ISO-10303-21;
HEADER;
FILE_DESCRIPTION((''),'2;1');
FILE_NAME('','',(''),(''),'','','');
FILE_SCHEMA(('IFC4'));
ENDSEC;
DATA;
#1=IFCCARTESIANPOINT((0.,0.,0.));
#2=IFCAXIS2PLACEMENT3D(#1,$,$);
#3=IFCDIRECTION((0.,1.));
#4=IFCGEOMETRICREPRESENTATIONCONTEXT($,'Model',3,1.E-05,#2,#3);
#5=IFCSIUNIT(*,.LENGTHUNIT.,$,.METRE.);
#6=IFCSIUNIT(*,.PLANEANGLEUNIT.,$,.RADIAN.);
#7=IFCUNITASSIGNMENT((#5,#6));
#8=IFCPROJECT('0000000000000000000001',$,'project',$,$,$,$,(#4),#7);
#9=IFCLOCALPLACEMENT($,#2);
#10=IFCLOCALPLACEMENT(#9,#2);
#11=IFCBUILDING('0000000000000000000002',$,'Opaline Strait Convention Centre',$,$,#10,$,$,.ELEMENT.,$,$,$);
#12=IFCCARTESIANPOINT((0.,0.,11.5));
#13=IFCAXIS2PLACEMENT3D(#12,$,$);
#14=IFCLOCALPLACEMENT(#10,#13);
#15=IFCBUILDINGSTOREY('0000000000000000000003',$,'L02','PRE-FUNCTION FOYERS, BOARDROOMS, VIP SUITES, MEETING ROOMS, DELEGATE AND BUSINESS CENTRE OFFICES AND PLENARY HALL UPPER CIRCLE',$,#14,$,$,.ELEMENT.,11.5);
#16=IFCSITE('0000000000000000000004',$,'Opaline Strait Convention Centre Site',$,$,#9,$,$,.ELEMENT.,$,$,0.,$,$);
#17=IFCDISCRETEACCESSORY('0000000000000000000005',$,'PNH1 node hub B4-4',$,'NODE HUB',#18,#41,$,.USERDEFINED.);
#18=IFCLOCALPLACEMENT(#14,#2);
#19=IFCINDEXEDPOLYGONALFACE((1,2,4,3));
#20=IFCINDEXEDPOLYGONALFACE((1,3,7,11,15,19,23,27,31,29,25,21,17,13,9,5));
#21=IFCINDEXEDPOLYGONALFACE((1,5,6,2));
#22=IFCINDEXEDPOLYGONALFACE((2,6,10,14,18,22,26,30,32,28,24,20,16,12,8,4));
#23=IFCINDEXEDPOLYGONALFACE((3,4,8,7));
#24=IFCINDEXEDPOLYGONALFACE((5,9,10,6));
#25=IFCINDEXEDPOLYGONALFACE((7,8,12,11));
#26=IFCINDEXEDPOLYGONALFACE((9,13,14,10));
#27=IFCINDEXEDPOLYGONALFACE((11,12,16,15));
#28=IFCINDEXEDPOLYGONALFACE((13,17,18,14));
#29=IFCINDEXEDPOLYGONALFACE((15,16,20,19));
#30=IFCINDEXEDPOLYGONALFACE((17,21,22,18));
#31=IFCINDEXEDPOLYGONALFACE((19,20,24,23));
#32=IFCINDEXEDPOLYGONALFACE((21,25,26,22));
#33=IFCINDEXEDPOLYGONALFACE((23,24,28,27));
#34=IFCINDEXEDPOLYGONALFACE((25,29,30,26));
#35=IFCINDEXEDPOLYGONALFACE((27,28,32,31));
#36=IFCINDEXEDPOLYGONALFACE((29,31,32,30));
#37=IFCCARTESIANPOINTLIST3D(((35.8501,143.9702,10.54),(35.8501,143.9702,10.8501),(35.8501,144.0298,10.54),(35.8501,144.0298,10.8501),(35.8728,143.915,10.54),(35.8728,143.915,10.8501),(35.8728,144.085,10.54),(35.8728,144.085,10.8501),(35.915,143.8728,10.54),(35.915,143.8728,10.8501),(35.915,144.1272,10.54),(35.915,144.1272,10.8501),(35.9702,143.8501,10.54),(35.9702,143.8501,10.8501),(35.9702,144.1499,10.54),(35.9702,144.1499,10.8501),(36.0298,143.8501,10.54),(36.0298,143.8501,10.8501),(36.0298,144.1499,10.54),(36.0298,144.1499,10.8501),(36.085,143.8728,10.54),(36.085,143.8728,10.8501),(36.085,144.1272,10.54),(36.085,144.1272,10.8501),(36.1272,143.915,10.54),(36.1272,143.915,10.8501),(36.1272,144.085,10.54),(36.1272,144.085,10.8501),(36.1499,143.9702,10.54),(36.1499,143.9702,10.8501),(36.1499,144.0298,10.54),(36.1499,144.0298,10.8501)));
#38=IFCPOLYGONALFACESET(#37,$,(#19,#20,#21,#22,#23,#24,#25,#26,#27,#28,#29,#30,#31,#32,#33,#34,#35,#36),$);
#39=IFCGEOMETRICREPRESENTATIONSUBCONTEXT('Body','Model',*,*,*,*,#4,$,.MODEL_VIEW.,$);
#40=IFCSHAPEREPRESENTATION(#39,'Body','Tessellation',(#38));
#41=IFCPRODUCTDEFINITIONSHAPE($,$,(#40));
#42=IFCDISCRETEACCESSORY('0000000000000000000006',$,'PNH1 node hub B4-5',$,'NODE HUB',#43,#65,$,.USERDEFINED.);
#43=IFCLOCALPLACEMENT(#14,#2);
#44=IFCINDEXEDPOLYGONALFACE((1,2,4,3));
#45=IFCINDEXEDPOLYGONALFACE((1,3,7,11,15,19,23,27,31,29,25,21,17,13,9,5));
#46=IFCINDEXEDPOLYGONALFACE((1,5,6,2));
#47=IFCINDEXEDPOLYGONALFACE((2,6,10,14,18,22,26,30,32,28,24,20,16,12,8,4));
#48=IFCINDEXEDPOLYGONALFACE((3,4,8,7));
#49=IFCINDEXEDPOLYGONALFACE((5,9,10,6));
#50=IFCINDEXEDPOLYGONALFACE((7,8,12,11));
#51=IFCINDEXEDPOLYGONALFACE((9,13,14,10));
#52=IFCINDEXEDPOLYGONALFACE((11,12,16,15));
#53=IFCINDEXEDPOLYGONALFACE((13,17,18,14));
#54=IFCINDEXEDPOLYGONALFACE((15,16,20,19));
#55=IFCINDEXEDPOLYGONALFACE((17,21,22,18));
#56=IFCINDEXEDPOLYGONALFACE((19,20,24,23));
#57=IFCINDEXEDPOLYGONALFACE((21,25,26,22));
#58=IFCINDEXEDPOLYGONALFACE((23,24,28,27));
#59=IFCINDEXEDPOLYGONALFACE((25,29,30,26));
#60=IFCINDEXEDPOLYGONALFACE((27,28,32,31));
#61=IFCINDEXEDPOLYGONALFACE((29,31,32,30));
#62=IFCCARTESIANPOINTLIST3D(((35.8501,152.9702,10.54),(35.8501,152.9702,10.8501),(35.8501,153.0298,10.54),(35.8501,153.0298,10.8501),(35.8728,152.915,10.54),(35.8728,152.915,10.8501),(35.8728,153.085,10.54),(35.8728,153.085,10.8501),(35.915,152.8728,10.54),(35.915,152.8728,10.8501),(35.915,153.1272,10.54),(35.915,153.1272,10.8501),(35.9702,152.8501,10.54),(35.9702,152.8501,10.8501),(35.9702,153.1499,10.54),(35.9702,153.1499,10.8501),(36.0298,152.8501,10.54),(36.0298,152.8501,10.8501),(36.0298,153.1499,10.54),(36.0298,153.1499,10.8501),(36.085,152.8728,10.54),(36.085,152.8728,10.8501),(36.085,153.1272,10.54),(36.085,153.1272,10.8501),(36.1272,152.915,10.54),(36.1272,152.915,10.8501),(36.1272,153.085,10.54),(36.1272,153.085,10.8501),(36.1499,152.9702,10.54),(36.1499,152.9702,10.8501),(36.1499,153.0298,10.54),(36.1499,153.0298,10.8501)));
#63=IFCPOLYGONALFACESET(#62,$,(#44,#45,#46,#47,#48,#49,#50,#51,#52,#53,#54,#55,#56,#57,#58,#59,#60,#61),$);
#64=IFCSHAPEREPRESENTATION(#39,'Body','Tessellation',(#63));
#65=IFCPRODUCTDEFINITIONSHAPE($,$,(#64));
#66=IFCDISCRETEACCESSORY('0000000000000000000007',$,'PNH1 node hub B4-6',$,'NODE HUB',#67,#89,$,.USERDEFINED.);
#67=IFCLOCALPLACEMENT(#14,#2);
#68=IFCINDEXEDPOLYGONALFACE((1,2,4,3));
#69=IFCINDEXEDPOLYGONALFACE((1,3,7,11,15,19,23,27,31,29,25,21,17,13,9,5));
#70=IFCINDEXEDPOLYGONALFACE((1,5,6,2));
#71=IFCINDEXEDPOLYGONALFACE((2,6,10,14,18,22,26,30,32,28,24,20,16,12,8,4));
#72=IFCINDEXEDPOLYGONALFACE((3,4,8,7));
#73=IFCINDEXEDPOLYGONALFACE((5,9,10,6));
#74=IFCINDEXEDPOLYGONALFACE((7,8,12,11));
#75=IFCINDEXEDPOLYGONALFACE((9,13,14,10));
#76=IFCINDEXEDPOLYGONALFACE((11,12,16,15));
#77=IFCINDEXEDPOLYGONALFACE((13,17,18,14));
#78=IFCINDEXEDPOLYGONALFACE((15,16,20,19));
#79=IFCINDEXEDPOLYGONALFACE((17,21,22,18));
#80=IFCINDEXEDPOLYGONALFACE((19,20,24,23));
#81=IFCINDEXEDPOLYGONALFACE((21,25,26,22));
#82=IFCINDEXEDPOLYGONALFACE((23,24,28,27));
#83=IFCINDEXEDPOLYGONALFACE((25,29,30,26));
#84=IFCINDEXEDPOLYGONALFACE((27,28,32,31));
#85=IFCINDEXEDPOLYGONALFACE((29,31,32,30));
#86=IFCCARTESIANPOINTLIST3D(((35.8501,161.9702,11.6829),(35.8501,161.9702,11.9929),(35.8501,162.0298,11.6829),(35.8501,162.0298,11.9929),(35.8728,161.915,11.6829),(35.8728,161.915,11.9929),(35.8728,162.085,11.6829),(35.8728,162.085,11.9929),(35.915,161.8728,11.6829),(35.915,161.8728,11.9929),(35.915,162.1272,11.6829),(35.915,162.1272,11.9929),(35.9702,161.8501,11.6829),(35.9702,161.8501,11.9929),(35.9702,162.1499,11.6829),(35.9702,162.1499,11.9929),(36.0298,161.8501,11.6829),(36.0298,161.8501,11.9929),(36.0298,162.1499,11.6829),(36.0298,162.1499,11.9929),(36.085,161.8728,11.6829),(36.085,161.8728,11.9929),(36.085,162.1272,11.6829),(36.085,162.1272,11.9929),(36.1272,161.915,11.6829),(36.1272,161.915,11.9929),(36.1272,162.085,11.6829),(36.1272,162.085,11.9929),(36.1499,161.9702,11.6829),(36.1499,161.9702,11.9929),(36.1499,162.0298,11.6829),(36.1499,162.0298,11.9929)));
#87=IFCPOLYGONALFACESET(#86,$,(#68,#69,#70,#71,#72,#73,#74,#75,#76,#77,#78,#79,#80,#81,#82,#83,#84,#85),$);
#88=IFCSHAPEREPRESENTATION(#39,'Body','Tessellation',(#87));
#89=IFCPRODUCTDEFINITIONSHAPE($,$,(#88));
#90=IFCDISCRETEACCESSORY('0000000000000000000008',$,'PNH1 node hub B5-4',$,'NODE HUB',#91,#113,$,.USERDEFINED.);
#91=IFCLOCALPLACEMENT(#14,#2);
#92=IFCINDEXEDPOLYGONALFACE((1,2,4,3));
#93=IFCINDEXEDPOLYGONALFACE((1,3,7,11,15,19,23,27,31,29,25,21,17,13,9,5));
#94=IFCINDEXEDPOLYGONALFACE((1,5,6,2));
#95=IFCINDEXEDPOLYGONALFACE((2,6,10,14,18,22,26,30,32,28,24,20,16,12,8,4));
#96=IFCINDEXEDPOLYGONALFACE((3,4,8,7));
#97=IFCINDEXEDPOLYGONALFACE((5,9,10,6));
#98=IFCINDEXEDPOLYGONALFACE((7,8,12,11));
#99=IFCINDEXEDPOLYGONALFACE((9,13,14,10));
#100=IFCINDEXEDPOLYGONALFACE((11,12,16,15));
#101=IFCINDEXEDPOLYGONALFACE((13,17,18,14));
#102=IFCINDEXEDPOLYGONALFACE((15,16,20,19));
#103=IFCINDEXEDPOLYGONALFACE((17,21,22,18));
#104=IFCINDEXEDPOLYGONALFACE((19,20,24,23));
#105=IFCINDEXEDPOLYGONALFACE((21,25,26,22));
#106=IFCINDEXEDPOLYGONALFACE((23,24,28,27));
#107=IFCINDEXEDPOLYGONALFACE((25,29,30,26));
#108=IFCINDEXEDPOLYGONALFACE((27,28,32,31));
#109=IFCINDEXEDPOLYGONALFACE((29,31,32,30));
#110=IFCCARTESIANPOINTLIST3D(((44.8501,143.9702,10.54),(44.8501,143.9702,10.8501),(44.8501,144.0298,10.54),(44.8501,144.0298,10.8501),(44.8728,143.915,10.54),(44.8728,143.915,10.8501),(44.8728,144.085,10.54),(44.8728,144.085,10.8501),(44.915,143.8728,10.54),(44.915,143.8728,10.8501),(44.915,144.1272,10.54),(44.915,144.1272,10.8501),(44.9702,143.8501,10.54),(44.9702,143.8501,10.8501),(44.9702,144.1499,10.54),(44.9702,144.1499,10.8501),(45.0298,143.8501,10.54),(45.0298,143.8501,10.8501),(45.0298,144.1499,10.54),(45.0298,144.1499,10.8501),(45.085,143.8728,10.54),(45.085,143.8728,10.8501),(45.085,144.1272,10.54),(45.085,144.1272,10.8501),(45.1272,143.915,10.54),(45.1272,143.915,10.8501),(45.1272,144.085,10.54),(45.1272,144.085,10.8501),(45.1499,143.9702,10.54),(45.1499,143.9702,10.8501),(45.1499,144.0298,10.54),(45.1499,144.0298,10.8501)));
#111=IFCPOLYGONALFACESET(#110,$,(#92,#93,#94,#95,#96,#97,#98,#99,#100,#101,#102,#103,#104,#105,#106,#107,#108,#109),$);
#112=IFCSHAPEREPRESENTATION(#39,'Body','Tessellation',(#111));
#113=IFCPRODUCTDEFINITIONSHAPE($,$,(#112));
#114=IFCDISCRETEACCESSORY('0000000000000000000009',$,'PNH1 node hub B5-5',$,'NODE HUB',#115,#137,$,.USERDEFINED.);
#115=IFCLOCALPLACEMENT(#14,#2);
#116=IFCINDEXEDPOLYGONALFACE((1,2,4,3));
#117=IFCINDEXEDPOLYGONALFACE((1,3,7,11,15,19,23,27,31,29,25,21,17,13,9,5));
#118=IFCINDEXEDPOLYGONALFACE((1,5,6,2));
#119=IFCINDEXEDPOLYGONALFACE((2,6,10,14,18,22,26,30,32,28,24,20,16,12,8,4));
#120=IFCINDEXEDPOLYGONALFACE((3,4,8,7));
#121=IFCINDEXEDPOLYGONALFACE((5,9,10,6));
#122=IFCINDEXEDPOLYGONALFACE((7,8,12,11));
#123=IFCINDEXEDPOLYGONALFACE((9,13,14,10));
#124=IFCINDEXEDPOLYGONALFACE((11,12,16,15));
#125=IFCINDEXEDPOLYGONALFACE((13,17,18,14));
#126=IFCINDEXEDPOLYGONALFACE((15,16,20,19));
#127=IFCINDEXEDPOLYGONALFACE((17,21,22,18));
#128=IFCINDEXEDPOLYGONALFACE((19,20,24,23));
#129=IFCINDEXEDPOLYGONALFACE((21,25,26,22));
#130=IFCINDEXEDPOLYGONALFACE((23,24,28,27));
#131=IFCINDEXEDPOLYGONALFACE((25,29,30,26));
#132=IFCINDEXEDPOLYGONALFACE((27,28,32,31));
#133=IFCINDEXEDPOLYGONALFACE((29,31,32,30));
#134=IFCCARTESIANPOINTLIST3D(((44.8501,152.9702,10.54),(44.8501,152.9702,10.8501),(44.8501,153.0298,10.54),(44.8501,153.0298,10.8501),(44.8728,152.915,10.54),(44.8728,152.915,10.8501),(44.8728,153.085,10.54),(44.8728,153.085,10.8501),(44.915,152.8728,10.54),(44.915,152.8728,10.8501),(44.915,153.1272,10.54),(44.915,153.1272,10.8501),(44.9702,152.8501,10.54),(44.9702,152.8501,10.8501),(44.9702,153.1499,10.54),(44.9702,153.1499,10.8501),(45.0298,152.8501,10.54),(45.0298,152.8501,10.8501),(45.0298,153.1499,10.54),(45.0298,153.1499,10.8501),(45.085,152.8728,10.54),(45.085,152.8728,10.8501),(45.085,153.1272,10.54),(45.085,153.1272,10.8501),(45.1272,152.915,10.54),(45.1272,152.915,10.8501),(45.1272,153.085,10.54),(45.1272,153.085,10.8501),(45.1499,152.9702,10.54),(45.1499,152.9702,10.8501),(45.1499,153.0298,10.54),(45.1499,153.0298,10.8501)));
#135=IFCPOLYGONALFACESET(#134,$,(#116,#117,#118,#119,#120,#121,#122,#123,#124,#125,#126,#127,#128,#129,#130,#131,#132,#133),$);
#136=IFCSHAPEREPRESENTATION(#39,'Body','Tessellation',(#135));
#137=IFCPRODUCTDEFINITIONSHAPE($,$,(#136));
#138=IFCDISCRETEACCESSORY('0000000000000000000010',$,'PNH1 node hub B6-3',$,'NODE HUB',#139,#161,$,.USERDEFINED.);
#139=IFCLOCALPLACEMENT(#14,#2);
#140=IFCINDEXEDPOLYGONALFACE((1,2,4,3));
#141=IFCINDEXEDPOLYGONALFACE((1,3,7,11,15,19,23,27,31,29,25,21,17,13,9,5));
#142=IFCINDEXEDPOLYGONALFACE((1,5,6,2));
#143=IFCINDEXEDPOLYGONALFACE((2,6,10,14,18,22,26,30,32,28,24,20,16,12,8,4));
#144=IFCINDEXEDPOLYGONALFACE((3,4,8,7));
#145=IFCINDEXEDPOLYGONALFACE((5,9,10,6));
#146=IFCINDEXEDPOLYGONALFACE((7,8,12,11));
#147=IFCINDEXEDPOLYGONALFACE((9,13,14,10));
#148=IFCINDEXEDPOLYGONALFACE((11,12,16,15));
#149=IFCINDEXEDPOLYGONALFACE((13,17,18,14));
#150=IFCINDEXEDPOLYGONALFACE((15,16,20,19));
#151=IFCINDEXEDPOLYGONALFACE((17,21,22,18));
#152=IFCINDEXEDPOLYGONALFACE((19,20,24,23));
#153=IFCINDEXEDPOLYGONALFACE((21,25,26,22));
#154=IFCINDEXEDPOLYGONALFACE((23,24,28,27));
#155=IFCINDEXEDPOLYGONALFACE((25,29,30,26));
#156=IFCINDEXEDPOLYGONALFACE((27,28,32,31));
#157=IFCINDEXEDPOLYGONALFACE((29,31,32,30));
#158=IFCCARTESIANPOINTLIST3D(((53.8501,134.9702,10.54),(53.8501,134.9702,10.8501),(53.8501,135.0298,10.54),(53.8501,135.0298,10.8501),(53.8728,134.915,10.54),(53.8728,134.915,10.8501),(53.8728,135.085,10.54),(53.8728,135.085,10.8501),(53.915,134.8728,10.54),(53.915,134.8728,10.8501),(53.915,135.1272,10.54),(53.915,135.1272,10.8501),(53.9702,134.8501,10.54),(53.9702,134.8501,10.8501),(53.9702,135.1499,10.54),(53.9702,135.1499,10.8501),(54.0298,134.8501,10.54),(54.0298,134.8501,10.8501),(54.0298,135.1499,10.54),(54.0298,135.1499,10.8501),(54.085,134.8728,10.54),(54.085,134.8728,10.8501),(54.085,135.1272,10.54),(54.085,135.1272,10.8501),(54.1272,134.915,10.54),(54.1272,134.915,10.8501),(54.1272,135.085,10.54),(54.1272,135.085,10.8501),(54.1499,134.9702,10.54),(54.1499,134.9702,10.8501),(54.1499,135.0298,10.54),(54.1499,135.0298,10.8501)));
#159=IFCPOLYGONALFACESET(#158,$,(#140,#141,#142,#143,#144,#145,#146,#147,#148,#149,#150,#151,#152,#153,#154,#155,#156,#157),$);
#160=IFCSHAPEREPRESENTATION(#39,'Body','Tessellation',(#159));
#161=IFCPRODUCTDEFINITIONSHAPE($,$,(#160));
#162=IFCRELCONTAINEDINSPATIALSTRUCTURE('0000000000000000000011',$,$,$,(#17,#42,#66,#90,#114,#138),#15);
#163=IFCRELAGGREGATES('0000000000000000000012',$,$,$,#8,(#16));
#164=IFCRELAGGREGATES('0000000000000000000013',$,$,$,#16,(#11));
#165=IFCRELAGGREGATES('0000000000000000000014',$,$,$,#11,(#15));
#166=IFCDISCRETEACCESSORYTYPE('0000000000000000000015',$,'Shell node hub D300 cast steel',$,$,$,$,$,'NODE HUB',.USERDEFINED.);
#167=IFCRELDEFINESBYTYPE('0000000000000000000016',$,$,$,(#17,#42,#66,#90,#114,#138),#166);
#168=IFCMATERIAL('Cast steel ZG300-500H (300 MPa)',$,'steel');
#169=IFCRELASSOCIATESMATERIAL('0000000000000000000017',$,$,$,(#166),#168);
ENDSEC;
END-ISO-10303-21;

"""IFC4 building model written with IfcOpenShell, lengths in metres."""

from ifc_helpers import new_model, si_unit, direction, frame, origin, place, context, subcontext, project, spatial, polyline, outline, extrude, material, type_object, element, save


model = new_model("IFC4")

# Units and contexts
model_context = context("Model", 3, precision=1e-05, world=origin(), true_north=direction((0.0, 1.0)))
body_context = subcontext(model_context, "Body", "Model", "MODEL_VIEW")
ifc_project = project(units=[si_unit("LENGTHUNIT", "METRE"), si_unit("PLANEANGLEUNIT", "RADIAN")], contexts=[model_context])

# Site, building, storey
site_placement = place(None, origin())
site = spatial("IfcSite", under=ifc_project, at=site_placement, Name="Opaline Strait Convention Centre Site", CompositionType="ELEMENT", RefElevation=0.0)
building_placement = place(site_placement, origin())
building = spatial("IfcBuilding", under=site, at=building_placement, Name="Opaline Strait Convention Centre", CompositionType="ELEMENT")
storey_placement = place(building_placement, frame((0.0, 0.0, 11.5)))
storey = spatial("IfcBuildingStorey", under=building, at=storey_placement, Name="L02", Description="PRE-FUNCTION FOYERS, BOARDROOMS, VIP SUITES, MEETING ROOMS, DELEGATE AND BUSINESS CENTRE OFFICES AND PLENARY HALL UPPER CIRCLE", CompositionType="ELEMENT", Elevation=11.5)

# Discrete accessories
ifc_material = material(Name="Cast steel ZG300-500H (300 MPa)", Category="steel")
discrete_accessory_type = type_object("IfcDiscreteAccessoryType", Name="Shell node hub D300 cast steel", ElementType="NODE HUB", PredefinedType="USERDEFINED", material=ifc_material)
discrete_accessory_1_placement = place(storey_placement, frame((0.0, 0.0, 10.54)))
element("IfcDiscreteAccessory", 1, at=discrete_accessory_1_placement, inside=storey, type_object=discrete_accessory_type, Name="PNH1 node hub B4-4", ObjectType="NODE HUB", PredefinedType="USERDEFINED", context=body_context, shape_type="SweptSolid", body=[
    extrude(outline(polyline([(36.1499, 144.0298), (36.1272, 144.085), (36.085, 144.1272), (36.0298, 144.1499), (35.9702, 144.1499), (35.915, 144.1272), (35.8728, 144.085), (35.8501, 144.0298), (35.8501, 143.9702), (35.8728, 143.915), (35.915, 143.8728), (35.9702, 143.8501), (36.0298, 143.8501), (36.085, 143.8728), (36.1272, 143.915), (36.1499, 143.9702), (36.1499, 144.0298)])), origin(), (0.0, 0.0, 1.0), 0.3101),
])
discrete_accessory_2_placement = place(storey_placement, frame((0.0, 0.0, 10.54)))
element("IfcDiscreteAccessory", 2, at=discrete_accessory_2_placement, inside=storey, type_object=discrete_accessory_type, Name="PNH1 node hub B4-5", ObjectType="NODE HUB", PredefinedType="USERDEFINED", context=body_context, shape_type="SweptSolid", body=[
    extrude(outline(polyline([(36.1499, 153.0298), (36.1272, 153.085), (36.085, 153.1272), (36.0298, 153.1499), (35.9702, 153.1499), (35.915, 153.1272), (35.8728, 153.085), (35.8501, 153.0298), (35.8501, 152.9702), (35.8728, 152.915), (35.915, 152.8728), (35.9702, 152.8501), (36.0298, 152.8501), (36.085, 152.8728), (36.1272, 152.915), (36.1499, 152.9702), (36.1499, 153.0298)])), origin(), (0.0, 0.0, 1.0), 0.3101),
])
discrete_accessory_3_placement = place(storey_placement, frame((0.0, 0.0, 11.6829)))
element("IfcDiscreteAccessory", 3, at=discrete_accessory_3_placement, inside=storey, type_object=discrete_accessory_type, Name="PNH1 node hub B4-6", ObjectType="NODE HUB", PredefinedType="USERDEFINED", context=body_context, shape_type="SweptSolid", body=[
    extrude(outline(polyline([(36.1499, 162.0298), (36.1272, 162.085), (36.085, 162.1272), (36.0298, 162.1499), (35.9702, 162.1499), (35.915, 162.1272), (35.8728, 162.085), (35.8501, 162.0298), (35.8501, 161.9702), (35.8728, 161.915), (35.915, 161.8728), (35.9702, 161.8501), (36.0298, 161.8501), (36.085, 161.8728), (36.1272, 161.915), (36.1499, 161.9702), (36.1499, 162.0298)])), origin(), (0.0, 0.0, 1.0), 0.3101),
])
discrete_accessory_4_placement = place(storey_placement, frame((0.0, 0.0, 10.54)))
element("IfcDiscreteAccessory", 4, at=discrete_accessory_4_placement, inside=storey, type_object=discrete_accessory_type, Name="PNH1 node hub B5-4", ObjectType="NODE HUB", PredefinedType="USERDEFINED", context=body_context, shape_type="SweptSolid", body=[
    extrude(outline(polyline([(45.1499, 144.0298), (45.1272, 144.085), (45.085, 144.1272), (45.0298, 144.1499), (44.9702, 144.1499), (44.915, 144.1272), (44.8728, 144.085), (44.8501, 144.0298), (44.8501, 143.9702), (44.8728, 143.915), (44.915, 143.8728), (44.9702, 143.8501), (45.0298, 143.8501), (45.085, 143.8728), (45.1272, 143.915), (45.1499, 143.9702), (45.1499, 144.0298)])), origin(), (0.0, 0.0, 1.0), 0.3101),
])
discrete_accessory_5_placement = place(storey_placement, frame((0.0, 0.0, 10.54)))
element("IfcDiscreteAccessory", 5, at=discrete_accessory_5_placement, inside=storey, type_object=discrete_accessory_type, Name="PNH1 node hub B5-5", ObjectType="NODE HUB", PredefinedType="USERDEFINED", context=body_context, shape_type="SweptSolid", body=[
    extrude(outline(polyline([(45.1499, 153.0298), (45.1272, 153.085), (45.085, 153.1272), (45.0298, 153.1499), (44.9702, 153.1499), (44.915, 153.1272), (44.8728, 153.085), (44.8501, 153.0298), (44.8501, 152.9702), (44.8728, 152.915), (44.915, 152.8728), (44.9702, 152.8501), (45.0298, 152.8501), (45.085, 152.8728), (45.1272, 152.915), (45.1499, 152.9702), (45.1499, 153.0298)])), origin(), (0.0, 0.0, 1.0), 0.3101),
])
discrete_accessory_6_placement = place(storey_placement, frame((0.0, 0.0, 10.54)))
element("IfcDiscreteAccessory", 6, at=discrete_accessory_6_placement, inside=storey, type_object=discrete_accessory_type, Name="PNH1 node hub B6-3", ObjectType="NODE HUB", PredefinedType="USERDEFINED", context=body_context, shape_type="SweptSolid", body=[
    extrude(outline(polyline([(54.1499, 135.0298), (54.1272, 135.085), (54.085, 135.1272), (54.0298, 135.1499), (53.9702, 135.1499), (53.915, 135.1272), (53.8728, 135.085), (53.8501, 135.0298), (53.8501, 134.9702), (53.8728, 134.915), (53.915, 134.8728), (53.9702, 134.8501), (54.0298, 134.8501), (54.085, 134.8728), (54.1272, 134.915), (54.1499, 134.9702), (54.1499, 135.0298)])), origin(), (0.0, 0.0, 1.0), 0.3101),
])

save(model, "model.ifc")
